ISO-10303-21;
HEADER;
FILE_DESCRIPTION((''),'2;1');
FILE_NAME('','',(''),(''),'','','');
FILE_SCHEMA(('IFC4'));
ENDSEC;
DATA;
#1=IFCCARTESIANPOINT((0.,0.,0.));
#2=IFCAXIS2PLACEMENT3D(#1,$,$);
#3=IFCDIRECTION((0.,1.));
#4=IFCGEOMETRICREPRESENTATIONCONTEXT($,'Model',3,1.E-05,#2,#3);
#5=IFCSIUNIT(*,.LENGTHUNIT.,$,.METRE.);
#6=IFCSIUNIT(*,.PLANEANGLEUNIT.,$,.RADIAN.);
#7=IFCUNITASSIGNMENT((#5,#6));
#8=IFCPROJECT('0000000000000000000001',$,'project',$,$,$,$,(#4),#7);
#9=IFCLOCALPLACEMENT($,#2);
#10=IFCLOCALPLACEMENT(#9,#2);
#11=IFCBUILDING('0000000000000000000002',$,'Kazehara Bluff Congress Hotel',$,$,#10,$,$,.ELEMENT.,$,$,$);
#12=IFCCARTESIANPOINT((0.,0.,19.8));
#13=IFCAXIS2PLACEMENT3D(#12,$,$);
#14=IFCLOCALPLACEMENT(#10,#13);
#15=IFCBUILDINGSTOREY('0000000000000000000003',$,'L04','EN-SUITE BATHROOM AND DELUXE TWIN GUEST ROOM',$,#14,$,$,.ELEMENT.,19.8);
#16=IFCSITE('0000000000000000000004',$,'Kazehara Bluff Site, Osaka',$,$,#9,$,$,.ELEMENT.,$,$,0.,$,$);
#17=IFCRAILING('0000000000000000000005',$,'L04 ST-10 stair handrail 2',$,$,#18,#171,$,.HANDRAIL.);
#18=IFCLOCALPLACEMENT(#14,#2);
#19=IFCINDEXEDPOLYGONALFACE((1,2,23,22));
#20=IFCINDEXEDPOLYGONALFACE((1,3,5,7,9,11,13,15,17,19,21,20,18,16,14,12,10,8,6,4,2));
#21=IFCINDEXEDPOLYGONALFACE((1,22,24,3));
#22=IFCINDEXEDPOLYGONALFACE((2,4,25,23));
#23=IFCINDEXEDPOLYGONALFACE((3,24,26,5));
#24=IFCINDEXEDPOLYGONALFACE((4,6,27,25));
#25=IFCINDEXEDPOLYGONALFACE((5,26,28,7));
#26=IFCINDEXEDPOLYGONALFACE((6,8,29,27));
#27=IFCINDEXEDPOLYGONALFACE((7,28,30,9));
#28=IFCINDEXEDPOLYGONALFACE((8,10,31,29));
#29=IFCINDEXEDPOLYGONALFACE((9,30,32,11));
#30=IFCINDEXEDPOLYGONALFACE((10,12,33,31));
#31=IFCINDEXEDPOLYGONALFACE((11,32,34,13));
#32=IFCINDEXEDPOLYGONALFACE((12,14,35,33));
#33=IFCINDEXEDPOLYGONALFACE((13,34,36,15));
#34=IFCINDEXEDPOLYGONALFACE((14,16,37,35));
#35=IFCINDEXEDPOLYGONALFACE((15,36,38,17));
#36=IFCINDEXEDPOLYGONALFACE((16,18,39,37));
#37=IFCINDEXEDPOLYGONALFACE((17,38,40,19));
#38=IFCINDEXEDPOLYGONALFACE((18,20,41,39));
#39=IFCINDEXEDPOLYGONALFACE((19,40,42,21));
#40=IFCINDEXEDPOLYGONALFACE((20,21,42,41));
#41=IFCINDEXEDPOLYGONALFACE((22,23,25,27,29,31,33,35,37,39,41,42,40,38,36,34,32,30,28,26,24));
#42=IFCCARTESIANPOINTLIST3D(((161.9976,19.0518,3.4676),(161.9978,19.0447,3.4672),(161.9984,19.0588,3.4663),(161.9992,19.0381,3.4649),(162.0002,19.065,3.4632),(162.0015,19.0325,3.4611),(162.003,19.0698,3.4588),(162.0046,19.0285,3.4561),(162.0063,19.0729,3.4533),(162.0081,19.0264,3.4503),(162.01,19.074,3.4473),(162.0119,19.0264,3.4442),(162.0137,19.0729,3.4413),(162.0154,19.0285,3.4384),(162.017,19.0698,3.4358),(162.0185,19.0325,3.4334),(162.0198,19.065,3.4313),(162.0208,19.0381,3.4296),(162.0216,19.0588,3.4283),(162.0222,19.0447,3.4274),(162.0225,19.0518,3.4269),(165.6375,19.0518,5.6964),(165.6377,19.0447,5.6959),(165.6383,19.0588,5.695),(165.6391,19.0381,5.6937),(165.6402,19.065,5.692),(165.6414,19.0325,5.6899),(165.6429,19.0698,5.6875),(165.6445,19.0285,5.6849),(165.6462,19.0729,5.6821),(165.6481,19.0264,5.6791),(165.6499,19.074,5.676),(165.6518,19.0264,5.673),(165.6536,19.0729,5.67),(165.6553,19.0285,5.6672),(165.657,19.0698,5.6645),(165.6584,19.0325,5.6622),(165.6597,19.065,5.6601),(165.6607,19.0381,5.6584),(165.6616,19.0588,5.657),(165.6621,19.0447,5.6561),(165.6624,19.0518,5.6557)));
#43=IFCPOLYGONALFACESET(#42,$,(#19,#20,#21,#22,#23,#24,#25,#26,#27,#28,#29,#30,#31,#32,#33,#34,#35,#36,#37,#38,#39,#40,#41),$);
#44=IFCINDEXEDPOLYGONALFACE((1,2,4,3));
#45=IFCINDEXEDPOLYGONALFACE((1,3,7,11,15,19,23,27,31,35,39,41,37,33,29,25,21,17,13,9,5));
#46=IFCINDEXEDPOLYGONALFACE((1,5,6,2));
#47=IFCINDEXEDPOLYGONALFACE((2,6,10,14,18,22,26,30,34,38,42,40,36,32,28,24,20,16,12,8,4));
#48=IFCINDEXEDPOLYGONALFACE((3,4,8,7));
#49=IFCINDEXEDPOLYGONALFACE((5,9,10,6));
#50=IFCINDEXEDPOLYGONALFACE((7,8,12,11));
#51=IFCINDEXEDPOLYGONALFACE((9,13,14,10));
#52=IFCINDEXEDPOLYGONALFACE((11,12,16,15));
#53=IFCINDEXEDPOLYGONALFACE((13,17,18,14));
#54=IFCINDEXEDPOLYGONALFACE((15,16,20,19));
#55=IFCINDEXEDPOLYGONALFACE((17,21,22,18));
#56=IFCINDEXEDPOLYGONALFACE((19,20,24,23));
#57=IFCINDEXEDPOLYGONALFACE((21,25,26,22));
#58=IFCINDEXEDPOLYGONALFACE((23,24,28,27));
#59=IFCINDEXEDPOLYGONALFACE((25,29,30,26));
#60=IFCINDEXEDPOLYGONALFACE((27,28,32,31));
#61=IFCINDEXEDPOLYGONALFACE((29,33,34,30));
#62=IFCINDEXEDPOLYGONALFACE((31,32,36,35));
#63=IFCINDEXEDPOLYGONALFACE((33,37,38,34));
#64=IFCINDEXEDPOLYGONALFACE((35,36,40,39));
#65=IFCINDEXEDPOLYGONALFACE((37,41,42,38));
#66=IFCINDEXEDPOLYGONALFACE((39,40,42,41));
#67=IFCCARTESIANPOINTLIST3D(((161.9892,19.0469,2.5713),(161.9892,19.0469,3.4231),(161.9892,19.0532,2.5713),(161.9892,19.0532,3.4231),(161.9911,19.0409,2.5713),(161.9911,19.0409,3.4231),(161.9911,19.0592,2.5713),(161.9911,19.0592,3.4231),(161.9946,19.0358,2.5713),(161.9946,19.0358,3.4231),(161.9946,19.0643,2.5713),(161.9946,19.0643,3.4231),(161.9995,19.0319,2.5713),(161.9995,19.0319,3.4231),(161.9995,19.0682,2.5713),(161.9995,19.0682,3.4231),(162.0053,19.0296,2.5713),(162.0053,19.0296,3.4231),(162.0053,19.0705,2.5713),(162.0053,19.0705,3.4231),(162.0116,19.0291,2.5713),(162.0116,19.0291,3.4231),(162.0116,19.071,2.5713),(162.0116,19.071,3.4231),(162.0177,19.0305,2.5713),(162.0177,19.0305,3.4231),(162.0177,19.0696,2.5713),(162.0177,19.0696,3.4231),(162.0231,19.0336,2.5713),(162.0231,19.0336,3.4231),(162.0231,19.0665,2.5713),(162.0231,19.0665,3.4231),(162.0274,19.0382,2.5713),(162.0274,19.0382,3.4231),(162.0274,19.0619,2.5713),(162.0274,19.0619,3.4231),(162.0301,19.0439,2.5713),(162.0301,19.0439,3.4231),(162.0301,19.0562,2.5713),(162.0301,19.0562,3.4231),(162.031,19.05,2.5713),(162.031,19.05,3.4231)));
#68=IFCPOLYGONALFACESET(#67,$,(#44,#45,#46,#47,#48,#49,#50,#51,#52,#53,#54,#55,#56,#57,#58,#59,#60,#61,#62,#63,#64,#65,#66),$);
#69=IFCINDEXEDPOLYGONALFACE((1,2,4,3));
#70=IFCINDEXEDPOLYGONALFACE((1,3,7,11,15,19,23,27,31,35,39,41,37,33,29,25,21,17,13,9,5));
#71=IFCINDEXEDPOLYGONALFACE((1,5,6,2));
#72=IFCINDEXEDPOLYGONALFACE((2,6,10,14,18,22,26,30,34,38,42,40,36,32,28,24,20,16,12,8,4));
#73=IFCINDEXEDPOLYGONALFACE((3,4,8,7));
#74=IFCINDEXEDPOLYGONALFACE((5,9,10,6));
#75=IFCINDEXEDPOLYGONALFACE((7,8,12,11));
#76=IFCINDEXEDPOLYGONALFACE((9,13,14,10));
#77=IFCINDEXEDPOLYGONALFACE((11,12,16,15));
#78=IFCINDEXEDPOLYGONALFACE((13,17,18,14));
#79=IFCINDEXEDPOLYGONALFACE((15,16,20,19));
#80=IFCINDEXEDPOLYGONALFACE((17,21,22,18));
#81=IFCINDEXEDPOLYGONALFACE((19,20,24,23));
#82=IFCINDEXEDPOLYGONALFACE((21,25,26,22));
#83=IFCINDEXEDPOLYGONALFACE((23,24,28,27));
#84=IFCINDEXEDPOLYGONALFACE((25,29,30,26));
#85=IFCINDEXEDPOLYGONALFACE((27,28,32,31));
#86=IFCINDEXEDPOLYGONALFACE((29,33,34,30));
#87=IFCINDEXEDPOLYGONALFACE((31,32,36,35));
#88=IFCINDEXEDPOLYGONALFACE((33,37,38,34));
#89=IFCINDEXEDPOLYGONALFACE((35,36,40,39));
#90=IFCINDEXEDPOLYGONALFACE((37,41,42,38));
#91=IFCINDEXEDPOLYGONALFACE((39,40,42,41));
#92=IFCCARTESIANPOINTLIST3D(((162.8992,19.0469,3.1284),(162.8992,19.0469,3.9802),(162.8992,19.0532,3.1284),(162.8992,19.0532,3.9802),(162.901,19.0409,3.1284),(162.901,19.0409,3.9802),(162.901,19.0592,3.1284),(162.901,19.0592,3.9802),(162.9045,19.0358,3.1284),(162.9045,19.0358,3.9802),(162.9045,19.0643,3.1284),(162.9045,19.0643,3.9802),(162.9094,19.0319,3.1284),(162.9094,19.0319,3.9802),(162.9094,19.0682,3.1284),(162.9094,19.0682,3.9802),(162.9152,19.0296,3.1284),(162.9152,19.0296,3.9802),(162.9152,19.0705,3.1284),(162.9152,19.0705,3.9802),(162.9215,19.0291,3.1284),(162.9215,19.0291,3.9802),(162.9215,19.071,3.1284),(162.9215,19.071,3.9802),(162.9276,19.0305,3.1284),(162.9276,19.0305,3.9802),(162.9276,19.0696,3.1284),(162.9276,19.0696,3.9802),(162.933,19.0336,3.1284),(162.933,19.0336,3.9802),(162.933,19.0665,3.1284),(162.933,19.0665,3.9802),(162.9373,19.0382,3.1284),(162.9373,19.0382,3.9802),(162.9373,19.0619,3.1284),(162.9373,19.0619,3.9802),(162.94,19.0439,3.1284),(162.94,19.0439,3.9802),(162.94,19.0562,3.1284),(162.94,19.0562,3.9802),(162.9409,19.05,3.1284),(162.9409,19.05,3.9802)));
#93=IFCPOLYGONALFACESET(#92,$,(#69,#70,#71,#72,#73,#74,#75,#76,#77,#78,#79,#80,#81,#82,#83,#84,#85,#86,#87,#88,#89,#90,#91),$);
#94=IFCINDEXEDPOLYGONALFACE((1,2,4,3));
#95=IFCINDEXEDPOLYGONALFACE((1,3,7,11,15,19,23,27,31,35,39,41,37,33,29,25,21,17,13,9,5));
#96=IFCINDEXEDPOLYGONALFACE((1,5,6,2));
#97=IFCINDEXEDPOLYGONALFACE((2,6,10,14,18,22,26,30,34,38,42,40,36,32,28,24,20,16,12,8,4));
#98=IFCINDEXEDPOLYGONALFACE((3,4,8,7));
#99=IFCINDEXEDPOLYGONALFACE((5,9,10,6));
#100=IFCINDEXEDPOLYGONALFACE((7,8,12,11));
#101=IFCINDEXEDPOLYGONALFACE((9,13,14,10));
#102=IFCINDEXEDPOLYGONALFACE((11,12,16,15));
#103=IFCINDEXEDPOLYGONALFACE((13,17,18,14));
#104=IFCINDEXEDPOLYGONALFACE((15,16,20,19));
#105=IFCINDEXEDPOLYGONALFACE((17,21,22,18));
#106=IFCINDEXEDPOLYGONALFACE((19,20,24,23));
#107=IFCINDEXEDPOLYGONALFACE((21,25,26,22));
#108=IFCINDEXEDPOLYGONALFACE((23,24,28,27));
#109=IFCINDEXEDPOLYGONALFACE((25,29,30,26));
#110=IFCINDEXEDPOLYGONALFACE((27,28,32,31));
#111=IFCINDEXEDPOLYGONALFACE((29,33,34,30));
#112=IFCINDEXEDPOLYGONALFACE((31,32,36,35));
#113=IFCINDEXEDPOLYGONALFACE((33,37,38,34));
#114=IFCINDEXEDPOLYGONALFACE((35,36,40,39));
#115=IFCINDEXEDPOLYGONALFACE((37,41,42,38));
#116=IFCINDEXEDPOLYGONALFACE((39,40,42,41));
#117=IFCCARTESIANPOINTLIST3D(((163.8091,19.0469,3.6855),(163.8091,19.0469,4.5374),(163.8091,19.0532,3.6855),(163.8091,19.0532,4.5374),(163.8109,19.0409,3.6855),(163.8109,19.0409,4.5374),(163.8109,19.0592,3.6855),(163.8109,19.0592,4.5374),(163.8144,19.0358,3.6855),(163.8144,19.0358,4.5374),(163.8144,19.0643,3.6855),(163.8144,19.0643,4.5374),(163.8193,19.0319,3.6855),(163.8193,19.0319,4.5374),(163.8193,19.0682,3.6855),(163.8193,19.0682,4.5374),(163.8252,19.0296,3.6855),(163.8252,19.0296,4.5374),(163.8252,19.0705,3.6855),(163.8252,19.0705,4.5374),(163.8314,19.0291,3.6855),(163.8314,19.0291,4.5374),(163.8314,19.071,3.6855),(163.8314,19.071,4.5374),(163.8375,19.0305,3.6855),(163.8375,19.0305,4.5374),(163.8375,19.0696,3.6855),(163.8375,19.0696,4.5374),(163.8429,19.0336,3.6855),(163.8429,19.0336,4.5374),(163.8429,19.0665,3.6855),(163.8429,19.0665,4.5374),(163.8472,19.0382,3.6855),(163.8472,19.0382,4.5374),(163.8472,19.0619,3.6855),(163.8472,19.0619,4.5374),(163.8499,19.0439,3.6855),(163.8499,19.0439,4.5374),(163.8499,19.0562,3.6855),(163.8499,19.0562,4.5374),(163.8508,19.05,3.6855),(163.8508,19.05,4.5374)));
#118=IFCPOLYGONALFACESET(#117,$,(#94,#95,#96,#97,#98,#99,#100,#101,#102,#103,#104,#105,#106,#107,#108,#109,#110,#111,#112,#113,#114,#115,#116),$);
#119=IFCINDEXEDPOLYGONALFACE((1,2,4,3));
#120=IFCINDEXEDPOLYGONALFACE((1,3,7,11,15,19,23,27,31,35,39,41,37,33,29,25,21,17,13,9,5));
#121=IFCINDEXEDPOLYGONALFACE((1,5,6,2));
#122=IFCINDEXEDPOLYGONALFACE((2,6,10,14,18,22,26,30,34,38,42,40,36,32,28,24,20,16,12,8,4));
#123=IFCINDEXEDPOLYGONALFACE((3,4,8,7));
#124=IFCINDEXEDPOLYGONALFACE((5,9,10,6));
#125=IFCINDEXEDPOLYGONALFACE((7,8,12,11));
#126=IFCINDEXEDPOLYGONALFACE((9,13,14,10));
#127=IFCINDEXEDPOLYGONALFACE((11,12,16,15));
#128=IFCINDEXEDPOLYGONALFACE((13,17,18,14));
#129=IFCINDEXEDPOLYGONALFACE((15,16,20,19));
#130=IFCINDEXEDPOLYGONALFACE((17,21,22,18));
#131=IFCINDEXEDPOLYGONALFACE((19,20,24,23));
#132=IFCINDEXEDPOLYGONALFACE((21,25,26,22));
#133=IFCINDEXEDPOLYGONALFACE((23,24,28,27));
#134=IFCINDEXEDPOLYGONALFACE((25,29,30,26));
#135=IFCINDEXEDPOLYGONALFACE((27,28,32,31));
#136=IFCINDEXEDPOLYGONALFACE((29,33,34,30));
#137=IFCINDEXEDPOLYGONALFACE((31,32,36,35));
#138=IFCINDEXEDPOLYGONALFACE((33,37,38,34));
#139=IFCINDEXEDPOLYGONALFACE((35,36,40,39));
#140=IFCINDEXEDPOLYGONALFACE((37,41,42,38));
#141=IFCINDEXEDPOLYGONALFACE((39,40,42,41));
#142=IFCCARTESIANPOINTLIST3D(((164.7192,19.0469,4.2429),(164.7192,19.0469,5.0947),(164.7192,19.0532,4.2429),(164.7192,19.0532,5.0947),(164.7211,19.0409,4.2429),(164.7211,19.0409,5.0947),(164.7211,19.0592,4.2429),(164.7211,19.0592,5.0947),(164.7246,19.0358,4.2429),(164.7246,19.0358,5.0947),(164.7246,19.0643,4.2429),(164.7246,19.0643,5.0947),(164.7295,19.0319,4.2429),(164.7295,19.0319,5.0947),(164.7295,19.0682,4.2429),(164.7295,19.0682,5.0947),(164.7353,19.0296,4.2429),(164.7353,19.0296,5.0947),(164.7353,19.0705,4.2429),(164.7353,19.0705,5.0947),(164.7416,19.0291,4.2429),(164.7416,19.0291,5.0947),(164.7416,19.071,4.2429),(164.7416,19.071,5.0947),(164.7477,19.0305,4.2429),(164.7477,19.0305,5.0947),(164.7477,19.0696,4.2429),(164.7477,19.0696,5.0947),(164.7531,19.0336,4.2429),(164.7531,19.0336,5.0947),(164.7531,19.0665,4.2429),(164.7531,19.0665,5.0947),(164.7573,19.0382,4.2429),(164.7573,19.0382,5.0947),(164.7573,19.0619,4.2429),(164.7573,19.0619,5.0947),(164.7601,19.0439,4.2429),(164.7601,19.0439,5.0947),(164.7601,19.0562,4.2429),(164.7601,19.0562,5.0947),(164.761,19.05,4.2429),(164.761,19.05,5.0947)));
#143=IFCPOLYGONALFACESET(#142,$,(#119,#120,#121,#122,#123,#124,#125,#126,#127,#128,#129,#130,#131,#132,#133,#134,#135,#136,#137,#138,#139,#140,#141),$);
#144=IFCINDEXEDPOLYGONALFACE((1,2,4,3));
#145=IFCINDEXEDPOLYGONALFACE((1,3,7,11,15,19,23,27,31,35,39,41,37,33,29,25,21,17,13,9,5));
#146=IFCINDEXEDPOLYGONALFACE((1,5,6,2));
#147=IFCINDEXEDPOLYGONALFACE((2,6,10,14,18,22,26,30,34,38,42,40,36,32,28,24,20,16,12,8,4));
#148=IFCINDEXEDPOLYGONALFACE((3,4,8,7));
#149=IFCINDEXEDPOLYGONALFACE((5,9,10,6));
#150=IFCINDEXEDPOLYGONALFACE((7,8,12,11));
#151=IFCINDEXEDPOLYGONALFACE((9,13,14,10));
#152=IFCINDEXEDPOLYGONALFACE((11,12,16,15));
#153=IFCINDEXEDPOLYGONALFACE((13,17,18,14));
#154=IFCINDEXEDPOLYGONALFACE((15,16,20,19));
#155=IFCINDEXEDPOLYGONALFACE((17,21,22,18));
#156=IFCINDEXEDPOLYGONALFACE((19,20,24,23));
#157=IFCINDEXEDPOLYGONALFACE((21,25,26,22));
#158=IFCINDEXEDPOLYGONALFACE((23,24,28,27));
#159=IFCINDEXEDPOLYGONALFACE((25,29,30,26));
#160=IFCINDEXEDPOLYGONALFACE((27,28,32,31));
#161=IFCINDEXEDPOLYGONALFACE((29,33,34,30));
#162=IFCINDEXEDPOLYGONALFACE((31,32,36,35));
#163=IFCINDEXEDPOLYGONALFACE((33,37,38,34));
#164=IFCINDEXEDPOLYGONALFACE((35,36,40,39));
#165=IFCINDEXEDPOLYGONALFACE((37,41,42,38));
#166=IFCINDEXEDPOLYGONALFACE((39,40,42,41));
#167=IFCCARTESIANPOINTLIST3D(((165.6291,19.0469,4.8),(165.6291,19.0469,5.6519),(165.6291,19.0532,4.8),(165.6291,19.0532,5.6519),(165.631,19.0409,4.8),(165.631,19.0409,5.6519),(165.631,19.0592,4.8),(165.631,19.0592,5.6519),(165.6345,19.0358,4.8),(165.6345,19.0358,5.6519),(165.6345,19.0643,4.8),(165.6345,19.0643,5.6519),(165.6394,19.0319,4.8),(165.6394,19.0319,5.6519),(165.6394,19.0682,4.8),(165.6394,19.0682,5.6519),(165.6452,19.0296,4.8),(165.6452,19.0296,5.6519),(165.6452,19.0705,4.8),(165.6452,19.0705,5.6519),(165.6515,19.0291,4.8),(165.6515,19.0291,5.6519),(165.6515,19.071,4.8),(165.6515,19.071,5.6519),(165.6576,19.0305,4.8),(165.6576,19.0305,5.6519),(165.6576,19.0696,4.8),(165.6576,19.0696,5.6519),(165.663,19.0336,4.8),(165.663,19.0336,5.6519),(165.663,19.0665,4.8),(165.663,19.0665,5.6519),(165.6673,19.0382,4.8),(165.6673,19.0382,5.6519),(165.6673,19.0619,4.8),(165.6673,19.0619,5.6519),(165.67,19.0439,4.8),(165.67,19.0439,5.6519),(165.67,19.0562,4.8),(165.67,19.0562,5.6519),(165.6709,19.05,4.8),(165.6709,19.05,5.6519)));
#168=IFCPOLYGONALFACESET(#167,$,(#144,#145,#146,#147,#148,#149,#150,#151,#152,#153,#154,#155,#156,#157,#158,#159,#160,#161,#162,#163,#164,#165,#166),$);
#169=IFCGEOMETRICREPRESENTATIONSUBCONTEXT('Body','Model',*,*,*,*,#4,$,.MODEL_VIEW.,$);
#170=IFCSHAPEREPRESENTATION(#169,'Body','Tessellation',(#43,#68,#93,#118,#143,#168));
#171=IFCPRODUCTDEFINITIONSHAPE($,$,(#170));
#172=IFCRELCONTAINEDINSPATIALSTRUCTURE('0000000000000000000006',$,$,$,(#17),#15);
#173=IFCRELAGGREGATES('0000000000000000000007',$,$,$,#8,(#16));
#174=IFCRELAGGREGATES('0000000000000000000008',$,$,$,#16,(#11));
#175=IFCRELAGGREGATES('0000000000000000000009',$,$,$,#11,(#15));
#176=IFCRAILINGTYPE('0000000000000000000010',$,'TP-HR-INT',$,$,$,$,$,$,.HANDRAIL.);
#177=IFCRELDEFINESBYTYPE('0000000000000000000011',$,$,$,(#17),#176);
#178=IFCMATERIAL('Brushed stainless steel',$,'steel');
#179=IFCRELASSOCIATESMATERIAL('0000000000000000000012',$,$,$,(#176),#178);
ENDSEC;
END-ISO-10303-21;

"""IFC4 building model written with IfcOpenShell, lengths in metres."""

from ifc_helpers import new_model, si_unit, direction, frame, origin, origin_2d, place, context, subcontext, project, spatial, circle, extrude, material, type_object, element, save


model = new_model("IFC4")

# Units and contexts
model_context = context("Model", 3, precision=1e-05, world=origin(), true_north=direction((0.0, 1.0)))
body_context = subcontext(model_context, "Body", "Model", "MODEL_VIEW")
ifc_project = project(units=[si_unit("LENGTHUNIT", "METRE"), si_unit("PLANEANGLEUNIT", "RADIAN")], contexts=[model_context])

# Site, building, storey
site_placement = place(None, origin())
site = spatial("IfcSite", under=ifc_project, at=site_placement, Name="Kazehara Bluff Site, Osaka", CompositionType="ELEMENT", RefElevation=0.0)
building_placement = place(site_placement, origin())
building = spatial("IfcBuilding", under=site, at=building_placement, Name="Kazehara Bluff Congress Hotel", CompositionType="ELEMENT")
storey_placement = place(building_placement, frame((0.0, 0.0, 19.8)))
storey = spatial("IfcBuildingStorey", under=building, at=storey_placement, Name="L04", Description="EN-SUITE BATHROOM AND DELUXE TWIN GUEST ROOM", CompositionType="ELEMENT", Elevation=19.8)

# Railing
ifc_material_1 = material(Name="Brushed stainless steel", Category="steel")
railing_type_1 = type_object("IfcRailingType", Name="TP-HR-INT", PredefinedType="HANDRAIL", material=ifc_material_1)
railing_1_placement = place(storey_placement, frame((162.01, 19.05, 2.5713)))
element("IfcRailing", 1, at=railing_1_placement, inside=storey, type_object=railing_type_1, Name="L04 ST-10 stair handrail 2", PredefinedType="HANDRAIL", context=body_context, shape_type="SweptSolid", body=[
    extrude(circle(Radius=0.0239, at=origin_2d()), frame((0.0, 0.0, 0.876), z_axis=(0.852825, 0.0, 0.522197), x_axis=(0.0, 1.0, 0.0)), (0.0, 0.0, 1.0), 4.2681),
    extrude(circle(Radius=0.021, at=origin_2d()), origin(), (0.0, 0.0, 1.0), 0.8518),
    extrude(circle(Radius=0.021, at=origin_2d()), frame((0.9099, 0.0, 0.5571)), (0.0, 0.0, 1.0), 0.8518),
    extrude(circle(Radius=0.021, at=origin_2d()), frame((1.8198, 0.0, 1.1143)), (0.0, 0.0, 1.0), 0.8518),
    extrude(circle(Radius=0.021, at=origin_2d()), frame((2.73, 0.0, 1.6716)), (0.0, 0.0, 1.0), 0.8518),
    extrude(circle(Radius=0.021, at=origin_2d()), frame((3.6399, 0.0, 2.2288)), (0.0, 0.0, 1.0), 0.8518),
])

save(model, "model.ifc")
